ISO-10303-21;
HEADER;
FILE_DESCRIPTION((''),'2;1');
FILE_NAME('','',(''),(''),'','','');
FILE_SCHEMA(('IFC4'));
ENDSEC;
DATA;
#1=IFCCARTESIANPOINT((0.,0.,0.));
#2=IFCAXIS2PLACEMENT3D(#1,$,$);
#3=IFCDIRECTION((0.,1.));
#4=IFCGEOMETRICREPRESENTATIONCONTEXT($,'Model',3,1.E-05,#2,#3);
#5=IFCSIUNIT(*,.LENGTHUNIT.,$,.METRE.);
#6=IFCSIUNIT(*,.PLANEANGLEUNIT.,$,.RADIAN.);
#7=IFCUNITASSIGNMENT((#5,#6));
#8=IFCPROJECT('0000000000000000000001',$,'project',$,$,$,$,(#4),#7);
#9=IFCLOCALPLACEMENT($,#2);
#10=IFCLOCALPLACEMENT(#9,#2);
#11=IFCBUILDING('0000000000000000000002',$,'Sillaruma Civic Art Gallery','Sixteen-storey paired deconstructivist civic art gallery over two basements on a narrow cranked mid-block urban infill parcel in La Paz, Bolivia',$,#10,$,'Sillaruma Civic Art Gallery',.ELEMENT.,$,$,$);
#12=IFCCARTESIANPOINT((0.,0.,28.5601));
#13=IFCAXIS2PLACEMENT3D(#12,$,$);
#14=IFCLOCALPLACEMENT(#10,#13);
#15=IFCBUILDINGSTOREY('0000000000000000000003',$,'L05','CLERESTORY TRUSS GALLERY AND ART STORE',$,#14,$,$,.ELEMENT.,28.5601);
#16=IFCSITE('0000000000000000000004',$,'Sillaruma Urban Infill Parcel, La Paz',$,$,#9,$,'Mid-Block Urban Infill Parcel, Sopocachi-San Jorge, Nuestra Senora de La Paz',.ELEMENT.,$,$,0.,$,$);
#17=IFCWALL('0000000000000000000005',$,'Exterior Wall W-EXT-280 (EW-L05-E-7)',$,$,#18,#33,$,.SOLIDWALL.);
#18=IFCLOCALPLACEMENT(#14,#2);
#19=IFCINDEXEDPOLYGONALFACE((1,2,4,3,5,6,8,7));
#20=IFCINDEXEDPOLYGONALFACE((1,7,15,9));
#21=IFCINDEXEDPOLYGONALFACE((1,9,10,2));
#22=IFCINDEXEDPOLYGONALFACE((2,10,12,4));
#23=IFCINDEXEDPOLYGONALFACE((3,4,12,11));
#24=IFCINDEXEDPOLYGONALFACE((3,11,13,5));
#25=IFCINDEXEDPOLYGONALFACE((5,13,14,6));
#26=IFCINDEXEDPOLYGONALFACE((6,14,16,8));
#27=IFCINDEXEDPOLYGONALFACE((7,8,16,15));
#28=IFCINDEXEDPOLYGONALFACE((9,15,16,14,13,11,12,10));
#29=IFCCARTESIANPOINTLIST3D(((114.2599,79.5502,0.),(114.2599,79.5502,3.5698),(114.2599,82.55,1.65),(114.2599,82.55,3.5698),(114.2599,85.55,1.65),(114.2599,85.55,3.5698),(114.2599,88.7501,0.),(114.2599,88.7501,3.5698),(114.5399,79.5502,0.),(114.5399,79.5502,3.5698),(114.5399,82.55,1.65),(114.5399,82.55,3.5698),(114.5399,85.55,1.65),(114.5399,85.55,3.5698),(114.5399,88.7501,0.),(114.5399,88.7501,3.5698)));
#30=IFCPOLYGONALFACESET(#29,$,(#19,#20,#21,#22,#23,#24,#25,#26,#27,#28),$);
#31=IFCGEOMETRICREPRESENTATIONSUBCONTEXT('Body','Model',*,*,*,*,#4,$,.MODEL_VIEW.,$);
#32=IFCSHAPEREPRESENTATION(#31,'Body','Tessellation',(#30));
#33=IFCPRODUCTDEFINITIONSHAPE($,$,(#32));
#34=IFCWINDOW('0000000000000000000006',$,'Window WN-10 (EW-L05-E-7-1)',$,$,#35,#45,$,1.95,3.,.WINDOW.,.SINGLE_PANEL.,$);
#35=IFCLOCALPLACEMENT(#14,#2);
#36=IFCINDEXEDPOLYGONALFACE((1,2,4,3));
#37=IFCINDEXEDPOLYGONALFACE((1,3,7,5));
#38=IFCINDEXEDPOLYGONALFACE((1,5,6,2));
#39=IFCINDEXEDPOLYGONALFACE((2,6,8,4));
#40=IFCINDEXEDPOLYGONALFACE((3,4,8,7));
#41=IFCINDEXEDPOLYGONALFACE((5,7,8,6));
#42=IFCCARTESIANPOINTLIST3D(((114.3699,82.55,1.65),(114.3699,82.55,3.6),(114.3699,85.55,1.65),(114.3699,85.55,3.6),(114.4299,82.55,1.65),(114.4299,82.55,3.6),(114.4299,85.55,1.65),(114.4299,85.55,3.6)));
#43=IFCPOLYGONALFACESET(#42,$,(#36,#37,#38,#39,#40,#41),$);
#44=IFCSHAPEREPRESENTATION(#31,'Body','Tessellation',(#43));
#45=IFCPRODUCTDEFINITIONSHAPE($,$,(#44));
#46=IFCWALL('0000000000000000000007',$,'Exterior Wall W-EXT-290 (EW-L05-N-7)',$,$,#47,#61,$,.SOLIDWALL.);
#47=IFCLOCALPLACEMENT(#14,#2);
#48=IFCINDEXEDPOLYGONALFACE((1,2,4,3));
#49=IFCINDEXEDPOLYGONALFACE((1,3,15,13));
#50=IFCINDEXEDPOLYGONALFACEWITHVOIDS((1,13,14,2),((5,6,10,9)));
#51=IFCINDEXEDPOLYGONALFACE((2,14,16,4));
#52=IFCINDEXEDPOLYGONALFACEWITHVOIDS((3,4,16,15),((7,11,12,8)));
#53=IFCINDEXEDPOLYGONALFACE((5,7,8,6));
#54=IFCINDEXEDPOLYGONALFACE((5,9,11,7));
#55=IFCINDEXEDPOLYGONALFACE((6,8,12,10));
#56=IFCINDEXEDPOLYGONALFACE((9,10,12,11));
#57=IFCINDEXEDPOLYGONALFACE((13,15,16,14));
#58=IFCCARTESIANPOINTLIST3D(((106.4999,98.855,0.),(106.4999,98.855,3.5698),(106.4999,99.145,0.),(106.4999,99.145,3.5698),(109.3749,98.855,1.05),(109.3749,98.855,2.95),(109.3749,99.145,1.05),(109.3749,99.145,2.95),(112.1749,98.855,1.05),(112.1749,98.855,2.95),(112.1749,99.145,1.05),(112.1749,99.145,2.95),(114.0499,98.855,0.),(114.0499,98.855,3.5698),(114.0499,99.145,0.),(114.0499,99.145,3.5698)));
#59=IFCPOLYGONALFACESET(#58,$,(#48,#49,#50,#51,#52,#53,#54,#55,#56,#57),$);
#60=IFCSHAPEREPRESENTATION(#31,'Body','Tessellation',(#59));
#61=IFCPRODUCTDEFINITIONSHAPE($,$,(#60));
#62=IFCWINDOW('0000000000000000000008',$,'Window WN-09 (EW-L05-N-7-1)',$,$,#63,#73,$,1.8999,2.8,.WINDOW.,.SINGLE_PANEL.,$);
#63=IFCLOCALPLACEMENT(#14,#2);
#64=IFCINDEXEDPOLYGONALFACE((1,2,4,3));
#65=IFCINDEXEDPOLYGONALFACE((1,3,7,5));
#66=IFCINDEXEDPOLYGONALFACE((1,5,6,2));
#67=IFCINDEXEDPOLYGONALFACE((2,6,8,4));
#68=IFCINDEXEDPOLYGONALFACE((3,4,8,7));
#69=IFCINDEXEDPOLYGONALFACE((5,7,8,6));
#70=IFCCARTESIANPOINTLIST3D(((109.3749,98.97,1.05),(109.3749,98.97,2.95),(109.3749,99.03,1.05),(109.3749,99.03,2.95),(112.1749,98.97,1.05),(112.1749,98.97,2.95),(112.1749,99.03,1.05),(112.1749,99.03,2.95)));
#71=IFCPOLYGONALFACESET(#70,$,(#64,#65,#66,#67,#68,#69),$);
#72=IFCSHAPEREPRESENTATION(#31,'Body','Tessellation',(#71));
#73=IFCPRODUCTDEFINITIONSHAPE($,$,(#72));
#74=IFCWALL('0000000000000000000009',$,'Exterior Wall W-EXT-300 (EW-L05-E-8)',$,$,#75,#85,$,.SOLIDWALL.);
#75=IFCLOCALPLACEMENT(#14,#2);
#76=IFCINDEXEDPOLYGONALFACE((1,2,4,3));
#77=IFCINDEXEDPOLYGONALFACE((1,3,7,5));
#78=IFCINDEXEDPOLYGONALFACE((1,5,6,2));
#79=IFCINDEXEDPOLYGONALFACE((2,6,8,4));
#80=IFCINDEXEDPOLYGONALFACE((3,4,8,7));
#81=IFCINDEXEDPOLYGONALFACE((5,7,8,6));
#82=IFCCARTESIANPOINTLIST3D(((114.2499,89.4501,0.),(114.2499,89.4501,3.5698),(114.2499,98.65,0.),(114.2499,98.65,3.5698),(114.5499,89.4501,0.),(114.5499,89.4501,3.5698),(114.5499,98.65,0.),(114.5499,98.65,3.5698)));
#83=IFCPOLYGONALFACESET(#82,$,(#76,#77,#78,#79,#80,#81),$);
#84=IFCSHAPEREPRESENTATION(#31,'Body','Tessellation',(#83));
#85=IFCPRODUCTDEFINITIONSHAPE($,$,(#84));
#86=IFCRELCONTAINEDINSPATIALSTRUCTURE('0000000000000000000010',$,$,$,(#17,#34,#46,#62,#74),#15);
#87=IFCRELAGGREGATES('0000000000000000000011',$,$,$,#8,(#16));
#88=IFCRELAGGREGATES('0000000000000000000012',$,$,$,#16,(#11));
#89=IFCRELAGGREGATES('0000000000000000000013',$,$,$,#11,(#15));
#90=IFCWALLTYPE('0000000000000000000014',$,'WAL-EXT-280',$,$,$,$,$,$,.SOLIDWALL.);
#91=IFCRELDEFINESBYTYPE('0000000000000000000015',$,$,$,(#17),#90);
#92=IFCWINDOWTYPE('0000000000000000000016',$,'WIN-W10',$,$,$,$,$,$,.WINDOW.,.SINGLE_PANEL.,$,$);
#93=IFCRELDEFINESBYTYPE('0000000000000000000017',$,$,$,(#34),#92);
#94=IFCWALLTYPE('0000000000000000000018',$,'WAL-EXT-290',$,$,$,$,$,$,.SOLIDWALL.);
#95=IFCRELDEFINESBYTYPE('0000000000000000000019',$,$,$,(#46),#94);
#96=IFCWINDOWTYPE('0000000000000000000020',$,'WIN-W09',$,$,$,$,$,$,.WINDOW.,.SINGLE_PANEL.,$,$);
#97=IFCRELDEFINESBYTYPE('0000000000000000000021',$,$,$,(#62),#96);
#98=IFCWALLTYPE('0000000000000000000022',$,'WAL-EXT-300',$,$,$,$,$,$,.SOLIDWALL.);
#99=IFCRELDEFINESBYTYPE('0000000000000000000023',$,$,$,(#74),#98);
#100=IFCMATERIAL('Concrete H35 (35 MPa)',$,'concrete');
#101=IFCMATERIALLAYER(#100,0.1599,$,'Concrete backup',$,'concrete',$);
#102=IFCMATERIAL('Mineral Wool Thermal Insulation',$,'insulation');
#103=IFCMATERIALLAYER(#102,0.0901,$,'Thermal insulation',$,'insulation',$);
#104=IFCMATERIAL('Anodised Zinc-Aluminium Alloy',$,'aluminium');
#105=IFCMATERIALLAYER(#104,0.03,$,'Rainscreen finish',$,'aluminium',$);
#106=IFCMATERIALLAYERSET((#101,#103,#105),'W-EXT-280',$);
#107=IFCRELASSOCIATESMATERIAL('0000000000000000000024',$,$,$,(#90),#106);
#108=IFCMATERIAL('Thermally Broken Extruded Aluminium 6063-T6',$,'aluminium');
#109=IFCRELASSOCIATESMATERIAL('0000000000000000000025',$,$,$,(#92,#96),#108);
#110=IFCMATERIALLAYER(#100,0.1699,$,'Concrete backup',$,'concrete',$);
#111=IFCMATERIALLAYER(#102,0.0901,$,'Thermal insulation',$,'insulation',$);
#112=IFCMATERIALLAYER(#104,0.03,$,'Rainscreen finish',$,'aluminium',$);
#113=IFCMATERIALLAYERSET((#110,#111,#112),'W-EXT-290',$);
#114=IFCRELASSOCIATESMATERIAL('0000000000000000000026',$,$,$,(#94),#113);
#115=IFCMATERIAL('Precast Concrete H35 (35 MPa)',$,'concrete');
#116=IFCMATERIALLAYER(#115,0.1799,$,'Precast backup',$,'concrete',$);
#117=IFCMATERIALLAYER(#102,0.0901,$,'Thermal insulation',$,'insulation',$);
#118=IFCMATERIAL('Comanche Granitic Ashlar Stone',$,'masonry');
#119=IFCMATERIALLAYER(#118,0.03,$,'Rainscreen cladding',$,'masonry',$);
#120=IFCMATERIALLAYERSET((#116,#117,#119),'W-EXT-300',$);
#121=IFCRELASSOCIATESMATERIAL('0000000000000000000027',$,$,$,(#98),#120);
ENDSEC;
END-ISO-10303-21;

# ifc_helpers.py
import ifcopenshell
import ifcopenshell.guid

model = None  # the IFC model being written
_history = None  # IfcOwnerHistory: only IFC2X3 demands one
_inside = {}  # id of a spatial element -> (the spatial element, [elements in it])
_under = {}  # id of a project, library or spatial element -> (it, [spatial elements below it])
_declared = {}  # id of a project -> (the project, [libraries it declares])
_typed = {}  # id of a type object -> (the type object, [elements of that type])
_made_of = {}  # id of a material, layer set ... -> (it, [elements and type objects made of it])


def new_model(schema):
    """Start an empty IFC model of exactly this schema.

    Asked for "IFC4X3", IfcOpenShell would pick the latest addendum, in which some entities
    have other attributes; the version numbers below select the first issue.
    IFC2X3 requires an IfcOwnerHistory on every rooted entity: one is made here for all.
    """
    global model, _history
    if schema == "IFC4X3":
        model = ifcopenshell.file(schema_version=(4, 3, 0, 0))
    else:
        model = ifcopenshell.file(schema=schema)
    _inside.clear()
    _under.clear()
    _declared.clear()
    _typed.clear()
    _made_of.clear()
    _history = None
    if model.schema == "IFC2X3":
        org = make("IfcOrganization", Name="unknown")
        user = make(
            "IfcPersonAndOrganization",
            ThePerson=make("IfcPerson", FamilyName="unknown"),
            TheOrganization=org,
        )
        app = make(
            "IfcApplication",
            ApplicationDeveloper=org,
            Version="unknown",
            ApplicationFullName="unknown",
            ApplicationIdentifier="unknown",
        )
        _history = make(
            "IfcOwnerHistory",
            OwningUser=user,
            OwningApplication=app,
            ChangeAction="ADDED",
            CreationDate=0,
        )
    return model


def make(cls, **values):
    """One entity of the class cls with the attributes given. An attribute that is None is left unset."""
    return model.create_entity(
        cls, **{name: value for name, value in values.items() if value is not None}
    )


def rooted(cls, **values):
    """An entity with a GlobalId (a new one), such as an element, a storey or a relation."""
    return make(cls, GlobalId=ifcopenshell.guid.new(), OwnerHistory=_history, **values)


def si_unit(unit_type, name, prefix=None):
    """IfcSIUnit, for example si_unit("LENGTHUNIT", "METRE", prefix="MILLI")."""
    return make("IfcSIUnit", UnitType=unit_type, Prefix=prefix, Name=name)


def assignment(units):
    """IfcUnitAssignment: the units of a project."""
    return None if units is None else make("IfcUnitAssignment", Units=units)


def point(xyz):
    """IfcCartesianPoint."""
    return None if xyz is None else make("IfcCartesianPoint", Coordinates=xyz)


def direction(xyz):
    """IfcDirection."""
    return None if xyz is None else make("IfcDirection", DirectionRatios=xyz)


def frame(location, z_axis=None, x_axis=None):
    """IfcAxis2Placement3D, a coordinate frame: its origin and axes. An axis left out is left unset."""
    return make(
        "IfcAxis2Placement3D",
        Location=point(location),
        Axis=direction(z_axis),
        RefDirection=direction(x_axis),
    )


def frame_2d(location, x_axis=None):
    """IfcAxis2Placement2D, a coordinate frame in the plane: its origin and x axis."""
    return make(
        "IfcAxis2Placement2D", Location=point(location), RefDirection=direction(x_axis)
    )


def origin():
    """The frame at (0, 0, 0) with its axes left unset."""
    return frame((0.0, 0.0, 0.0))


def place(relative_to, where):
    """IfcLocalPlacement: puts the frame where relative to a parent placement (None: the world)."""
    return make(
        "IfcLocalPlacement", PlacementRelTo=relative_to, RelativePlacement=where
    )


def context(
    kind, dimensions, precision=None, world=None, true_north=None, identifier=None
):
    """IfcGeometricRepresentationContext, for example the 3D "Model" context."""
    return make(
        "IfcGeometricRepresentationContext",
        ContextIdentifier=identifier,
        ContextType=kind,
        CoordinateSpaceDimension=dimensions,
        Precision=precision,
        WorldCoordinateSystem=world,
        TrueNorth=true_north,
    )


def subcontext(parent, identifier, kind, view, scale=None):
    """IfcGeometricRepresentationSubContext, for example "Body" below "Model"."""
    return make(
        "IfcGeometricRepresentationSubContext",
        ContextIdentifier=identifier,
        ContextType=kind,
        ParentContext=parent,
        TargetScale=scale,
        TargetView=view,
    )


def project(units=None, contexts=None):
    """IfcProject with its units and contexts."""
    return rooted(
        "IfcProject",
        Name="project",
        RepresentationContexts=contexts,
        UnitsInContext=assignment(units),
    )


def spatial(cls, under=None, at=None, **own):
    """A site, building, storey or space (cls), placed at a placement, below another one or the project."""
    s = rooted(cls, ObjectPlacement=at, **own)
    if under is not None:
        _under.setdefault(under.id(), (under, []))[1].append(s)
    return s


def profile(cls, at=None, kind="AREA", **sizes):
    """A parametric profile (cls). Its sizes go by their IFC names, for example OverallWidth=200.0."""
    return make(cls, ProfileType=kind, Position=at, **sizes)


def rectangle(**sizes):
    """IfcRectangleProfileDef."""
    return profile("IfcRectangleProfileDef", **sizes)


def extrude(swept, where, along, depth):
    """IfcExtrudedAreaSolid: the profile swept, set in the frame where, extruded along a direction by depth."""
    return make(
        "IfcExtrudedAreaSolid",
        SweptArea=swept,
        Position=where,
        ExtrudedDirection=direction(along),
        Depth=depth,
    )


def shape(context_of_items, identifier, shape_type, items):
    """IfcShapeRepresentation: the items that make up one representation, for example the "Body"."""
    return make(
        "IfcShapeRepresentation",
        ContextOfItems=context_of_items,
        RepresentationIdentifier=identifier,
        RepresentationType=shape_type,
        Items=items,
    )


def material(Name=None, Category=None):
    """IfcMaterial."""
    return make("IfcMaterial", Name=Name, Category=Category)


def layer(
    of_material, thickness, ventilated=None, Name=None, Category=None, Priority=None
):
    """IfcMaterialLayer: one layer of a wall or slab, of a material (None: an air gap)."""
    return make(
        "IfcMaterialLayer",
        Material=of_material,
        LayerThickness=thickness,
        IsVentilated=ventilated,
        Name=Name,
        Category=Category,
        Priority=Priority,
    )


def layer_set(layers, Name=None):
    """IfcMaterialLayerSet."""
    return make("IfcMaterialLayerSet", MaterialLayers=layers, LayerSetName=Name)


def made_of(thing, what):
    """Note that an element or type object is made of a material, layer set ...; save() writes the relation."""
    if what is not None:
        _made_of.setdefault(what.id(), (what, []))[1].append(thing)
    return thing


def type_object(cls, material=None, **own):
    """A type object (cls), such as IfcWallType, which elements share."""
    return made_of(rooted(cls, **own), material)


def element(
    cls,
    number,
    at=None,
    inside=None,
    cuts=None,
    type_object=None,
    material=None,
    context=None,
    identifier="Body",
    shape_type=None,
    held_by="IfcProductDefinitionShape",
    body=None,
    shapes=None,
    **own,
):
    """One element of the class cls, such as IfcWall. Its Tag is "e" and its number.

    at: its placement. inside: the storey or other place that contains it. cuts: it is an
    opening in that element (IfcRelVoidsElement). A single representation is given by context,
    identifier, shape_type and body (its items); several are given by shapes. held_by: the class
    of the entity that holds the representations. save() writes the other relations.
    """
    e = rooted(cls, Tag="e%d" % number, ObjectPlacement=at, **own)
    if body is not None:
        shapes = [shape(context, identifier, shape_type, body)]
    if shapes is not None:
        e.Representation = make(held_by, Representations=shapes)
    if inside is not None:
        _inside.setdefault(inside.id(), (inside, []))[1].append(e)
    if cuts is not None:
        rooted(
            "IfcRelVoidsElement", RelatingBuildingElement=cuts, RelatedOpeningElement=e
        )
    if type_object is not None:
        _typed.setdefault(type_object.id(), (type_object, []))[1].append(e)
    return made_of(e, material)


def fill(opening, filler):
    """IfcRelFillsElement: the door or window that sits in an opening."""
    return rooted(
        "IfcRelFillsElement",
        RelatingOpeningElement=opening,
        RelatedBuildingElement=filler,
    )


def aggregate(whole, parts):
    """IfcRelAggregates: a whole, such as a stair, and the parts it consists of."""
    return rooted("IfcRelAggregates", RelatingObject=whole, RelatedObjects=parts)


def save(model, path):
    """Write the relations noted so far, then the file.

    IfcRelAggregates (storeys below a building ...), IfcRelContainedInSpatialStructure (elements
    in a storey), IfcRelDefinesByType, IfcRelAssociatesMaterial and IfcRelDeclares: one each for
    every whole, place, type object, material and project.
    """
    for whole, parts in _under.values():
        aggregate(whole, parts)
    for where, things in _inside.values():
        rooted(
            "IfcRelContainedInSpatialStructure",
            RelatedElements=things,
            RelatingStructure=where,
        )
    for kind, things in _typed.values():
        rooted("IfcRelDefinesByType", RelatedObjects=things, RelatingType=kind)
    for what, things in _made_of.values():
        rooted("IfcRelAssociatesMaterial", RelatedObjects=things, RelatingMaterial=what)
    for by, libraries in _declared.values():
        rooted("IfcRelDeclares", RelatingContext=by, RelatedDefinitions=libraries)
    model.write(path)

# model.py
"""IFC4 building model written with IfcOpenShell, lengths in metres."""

from ifc_helpers import new_model, si_unit, direction, frame, frame_2d, origin, place, context, subcontext, project, spatial, rectangle, extrude, material, layer, layer_set, type_object, element, fill, save


model = new_model("IFC4")

# Units and contexts
model_context = context("Model", 3, precision=1e-05, world=origin(), true_north=direction((0.0, 1.0)))
body_context = subcontext(model_context, "Body", "Model", "MODEL_VIEW")
ifc_project = project(units=[si_unit("LENGTHUNIT", "METRE"), si_unit("PLANEANGLEUNIT", "RADIAN")], contexts=[model_context])

# Site, building, storey
site_placement = place(None, origin())
site = spatial("IfcSite", under=ifc_project, at=site_placement, Name="Sillaruma Urban Infill Parcel, La Paz", LongName="Mid-Block Urban Infill Parcel, Sopocachi-San Jorge, Nuestra Senora de La Paz", CompositionType="ELEMENT", RefElevation=0.0)
building_placement = place(site_placement, origin())
building = spatial("IfcBuilding", under=site, at=building_placement, Name="Sillaruma Civic Art Gallery", Description="Sixteen-storey paired deconstructivist civic art gallery over two basements on a narrow cranked mid-block urban infill parcel in La Paz, Bolivia", LongName="Sillaruma Civic Art Gallery", CompositionType="ELEMENT")
storey_placement = place(building_placement, frame((0.0, 0.0, 28.5601)))
storey = spatial("IfcBuildingStorey", under=building, at=storey_placement, Name="L05", Description="CLERESTORY TRUSS GALLERY AND ART STORE", CompositionType="ELEMENT", Elevation=28.5601)

# Shared definitions
ifc_material_1 = material(Name="Concrete H35 (35 MPa)", Category="concrete")

# Shared definitions
ifc_material_2 = material(Name="Thermally Broken Extruded Aluminium 6063-T6", Category="aluminium")

# Shared definitions
ifc_material_3 = material(Name="Anodised Zinc-Aluminium Alloy", Category="aluminium")

# Walls, openings, windows
ifc_layer_1 = layer(ifc_material_1, 0.1599, Name="Concrete backup", Category="concrete")
ifc_material_4 = material(Name="Mineral Wool Thermal Insulation", Category="insulation")
ifc_layer_2 = layer(ifc_material_4, 0.0901, Name="Thermal insulation", Category="insulation")
ifc_layer_3 = layer(ifc_material_3, 0.03, Name="Rainscreen finish", Category="aluminium")
ifc_layer_set_1 = layer_set([ifc_layer_1, ifc_layer_2, ifc_layer_3], Name="W-EXT-280")
wall_type_1 = type_object("IfcWallType", Name="WAL-EXT-280", PredefinedType="SOLIDWALL", material=ifc_layer_set_1)
wall_1_placement = place(storey_placement, frame((114.3999, 79.55, 0.0), z_axis=(0.0, 0.0, 1.0), x_axis=(0.0, 1.0, 0.0)))
wall_1 = element("IfcWall", 1, at=wall_1_placement, inside=storey, type_object=wall_type_1, Name="Exterior Wall W-EXT-280 (EW-L05-E-7)", PredefinedType="SOLIDWALL", context=body_context, shape_type="SweptSolid", body=[
    extrude(rectangle(XDim=9.2, YDim=0.28, at=frame_2d((4.6001, 0.0))), origin(), (0.0, 0.0, 1.0), 3.5698),
])
opening_1_placement = place(wall_1_placement, frame((3.0, 0.0, 1.6499)))
opening_1 = element("IfcOpeningElement", 2, at=opening_1_placement, cuts=wall_1, PredefinedType="OPENING", context=body_context, shape_type="SweptSolid", body=[
    extrude(rectangle(XDim=3.0, YDim=1.95, at=frame_2d((1.5, 0.9751))), frame((0.0, 0.1499, 0.0), z_axis=(0.0, -1.0, 0.0), x_axis=(1.0, 0.0, 0.0)), (0.0, 0.0, 1.0), 0.3),
])
window_type_1 = type_object("IfcWindowType", Name="WIN-W10", PartitioningType="SINGLE_PANEL", PredefinedType="WINDOW", material=ifc_material_2)
window_1_placement = place(opening_1_placement, origin())
window_1 = element("IfcWindow", 3, at=window_1_placement, inside=storey, type_object=window_type_1, Name="Window WN-10 (EW-L05-E-7-1)", OverallHeight=1.95, OverallWidth=3.0, PartitioningType="SINGLE_PANEL", PredefinedType="WINDOW", context=body_context, shape_type="SweptSolid", body=[
    extrude(rectangle(XDim=3.0, YDim=1.95, at=frame_2d((1.5, 0.9751))), frame((0.0, 0.03, 0.0), z_axis=(0.0, -1.0, 0.0), x_axis=(1.0, 0.0, 0.0)), (0.0, 0.0, 1.0), 0.0601),
])
fill(opening_1, window_1)
ifc_layer_4 = layer(ifc_material_1, 0.1699, Name="Concrete backup", Category="concrete")
ifc_layer_5 = layer(ifc_material_4, 0.0901, Name="Thermal insulation", Category="insulation")
ifc_layer_6 = layer(ifc_material_3, 0.03, Name="Rainscreen finish", Category="aluminium")
ifc_layer_set_2 = layer_set([ifc_layer_4, ifc_layer_5, ifc_layer_6], Name="W-EXT-290")
wall_type_2 = type_object("IfcWallType", Name="WAL-EXT-290", PredefinedType="SOLIDWALL", material=ifc_layer_set_2)
wall_2_placement = place(storey_placement, frame((106.5, 99.0, 0.0), z_axis=(0.0, 0.0, 1.0), x_axis=(1.0, 0.0, 0.0)))
wall_2 = element("IfcWall", 4, at=wall_2_placement, inside=storey, type_object=wall_type_2, Name="Exterior Wall W-EXT-290 (EW-L05-N-7)", PredefinedType="SOLIDWALL", context=body_context, shape_type="SweptSolid", body=[
    extrude(rectangle(XDim=7.55, YDim=0.29, at=frame_2d((3.7749, 0.0))), origin(), (0.0, 0.0, 1.0), 3.5698),
])
opening_2_placement = place(wall_2_placement, frame((2.875, 0.0, 1.05)))
opening_2 = element("IfcOpeningElement", 5, at=opening_2_placement, cuts=wall_2, PredefinedType="OPENING", context=body_context, shape_type="SweptSolid", body=[
    extrude(rectangle(XDim=2.8, YDim=1.8999, at=frame_2d((1.3999, 0.95))), frame((0.0, 0.155, 0.0), z_axis=(0.0, -1.0, 0.0), x_axis=(1.0, 0.0, 0.0)), (0.0, 0.0, 1.0), 0.3101),
])
window_type_2 = type_object("IfcWindowType", Name="WIN-W09", PartitioningType="SINGLE_PANEL", PredefinedType="WINDOW", material=ifc_material_2)
window_2_placement = place(opening_2_placement, origin())
window_2 = element("IfcWindow", 6, at=window_2_placement, inside=storey, type_object=window_type_2, Name="Window WN-09 (EW-L05-N-7-1)", OverallHeight=1.8999, OverallWidth=2.8, PartitioningType="SINGLE_PANEL", PredefinedType="WINDOW", context=body_context, shape_type="SweptSolid", body=[
    extrude(rectangle(XDim=2.8, YDim=1.8999, at=frame_2d((1.3999, 0.95))), frame((0.0, 0.03, 0.0), z_axis=(0.0, -1.0, 0.0), x_axis=(1.0, 0.0, 0.0)), (0.0, 0.0, 1.0), 0.0601),
])
fill(opening_2, window_2)

# Wall
ifc_material_5 = material(Name="Precast Concrete H35 (35 MPa)", Category="concrete")
ifc_layer_7 = layer(ifc_material_5, 0.1799, Name="Precast backup", Category="concrete")
ifc_layer_8 = layer(ifc_material_4, 0.0901, Name="Thermal insulation", Category="insulation")
ifc_material_6 = material(Name="Comanche Granitic Ashlar Stone", Category="masonry")
ifc_layer_9 = layer(ifc_material_6, 0.03, Name="Rainscreen cladding", Category="masonry")
ifc_layer_set_3 = layer_set([ifc_layer_7, ifc_layer_8, ifc_layer_9], Name="W-EXT-300")
wall_type_3 = type_object("IfcWallType", Name="WAL-EXT-300", PredefinedType="SOLIDWALL", material=ifc_layer_set_3)
wall_3_placement = place(storey_placement, frame((114.3999, 89.45, 0.0), z_axis=(0.0, 0.0, 1.0), x_axis=(0.0, 1.0, 0.0)))
element("IfcWall", 7, at=wall_3_placement, inside=storey, type_object=wall_type_3, Name="Exterior Wall W-EXT-300 (EW-L05-E-8)", PredefinedType="SOLIDWALL", context=body_context, shape_type="SweptSolid", body=[
    extrude(rectangle(XDim=9.2, YDim=0.3, at=frame_2d((4.6001, 0.0))), origin(), (0.0, 0.0, 1.0), 3.5698),
])

save(model, "model.ifc")
